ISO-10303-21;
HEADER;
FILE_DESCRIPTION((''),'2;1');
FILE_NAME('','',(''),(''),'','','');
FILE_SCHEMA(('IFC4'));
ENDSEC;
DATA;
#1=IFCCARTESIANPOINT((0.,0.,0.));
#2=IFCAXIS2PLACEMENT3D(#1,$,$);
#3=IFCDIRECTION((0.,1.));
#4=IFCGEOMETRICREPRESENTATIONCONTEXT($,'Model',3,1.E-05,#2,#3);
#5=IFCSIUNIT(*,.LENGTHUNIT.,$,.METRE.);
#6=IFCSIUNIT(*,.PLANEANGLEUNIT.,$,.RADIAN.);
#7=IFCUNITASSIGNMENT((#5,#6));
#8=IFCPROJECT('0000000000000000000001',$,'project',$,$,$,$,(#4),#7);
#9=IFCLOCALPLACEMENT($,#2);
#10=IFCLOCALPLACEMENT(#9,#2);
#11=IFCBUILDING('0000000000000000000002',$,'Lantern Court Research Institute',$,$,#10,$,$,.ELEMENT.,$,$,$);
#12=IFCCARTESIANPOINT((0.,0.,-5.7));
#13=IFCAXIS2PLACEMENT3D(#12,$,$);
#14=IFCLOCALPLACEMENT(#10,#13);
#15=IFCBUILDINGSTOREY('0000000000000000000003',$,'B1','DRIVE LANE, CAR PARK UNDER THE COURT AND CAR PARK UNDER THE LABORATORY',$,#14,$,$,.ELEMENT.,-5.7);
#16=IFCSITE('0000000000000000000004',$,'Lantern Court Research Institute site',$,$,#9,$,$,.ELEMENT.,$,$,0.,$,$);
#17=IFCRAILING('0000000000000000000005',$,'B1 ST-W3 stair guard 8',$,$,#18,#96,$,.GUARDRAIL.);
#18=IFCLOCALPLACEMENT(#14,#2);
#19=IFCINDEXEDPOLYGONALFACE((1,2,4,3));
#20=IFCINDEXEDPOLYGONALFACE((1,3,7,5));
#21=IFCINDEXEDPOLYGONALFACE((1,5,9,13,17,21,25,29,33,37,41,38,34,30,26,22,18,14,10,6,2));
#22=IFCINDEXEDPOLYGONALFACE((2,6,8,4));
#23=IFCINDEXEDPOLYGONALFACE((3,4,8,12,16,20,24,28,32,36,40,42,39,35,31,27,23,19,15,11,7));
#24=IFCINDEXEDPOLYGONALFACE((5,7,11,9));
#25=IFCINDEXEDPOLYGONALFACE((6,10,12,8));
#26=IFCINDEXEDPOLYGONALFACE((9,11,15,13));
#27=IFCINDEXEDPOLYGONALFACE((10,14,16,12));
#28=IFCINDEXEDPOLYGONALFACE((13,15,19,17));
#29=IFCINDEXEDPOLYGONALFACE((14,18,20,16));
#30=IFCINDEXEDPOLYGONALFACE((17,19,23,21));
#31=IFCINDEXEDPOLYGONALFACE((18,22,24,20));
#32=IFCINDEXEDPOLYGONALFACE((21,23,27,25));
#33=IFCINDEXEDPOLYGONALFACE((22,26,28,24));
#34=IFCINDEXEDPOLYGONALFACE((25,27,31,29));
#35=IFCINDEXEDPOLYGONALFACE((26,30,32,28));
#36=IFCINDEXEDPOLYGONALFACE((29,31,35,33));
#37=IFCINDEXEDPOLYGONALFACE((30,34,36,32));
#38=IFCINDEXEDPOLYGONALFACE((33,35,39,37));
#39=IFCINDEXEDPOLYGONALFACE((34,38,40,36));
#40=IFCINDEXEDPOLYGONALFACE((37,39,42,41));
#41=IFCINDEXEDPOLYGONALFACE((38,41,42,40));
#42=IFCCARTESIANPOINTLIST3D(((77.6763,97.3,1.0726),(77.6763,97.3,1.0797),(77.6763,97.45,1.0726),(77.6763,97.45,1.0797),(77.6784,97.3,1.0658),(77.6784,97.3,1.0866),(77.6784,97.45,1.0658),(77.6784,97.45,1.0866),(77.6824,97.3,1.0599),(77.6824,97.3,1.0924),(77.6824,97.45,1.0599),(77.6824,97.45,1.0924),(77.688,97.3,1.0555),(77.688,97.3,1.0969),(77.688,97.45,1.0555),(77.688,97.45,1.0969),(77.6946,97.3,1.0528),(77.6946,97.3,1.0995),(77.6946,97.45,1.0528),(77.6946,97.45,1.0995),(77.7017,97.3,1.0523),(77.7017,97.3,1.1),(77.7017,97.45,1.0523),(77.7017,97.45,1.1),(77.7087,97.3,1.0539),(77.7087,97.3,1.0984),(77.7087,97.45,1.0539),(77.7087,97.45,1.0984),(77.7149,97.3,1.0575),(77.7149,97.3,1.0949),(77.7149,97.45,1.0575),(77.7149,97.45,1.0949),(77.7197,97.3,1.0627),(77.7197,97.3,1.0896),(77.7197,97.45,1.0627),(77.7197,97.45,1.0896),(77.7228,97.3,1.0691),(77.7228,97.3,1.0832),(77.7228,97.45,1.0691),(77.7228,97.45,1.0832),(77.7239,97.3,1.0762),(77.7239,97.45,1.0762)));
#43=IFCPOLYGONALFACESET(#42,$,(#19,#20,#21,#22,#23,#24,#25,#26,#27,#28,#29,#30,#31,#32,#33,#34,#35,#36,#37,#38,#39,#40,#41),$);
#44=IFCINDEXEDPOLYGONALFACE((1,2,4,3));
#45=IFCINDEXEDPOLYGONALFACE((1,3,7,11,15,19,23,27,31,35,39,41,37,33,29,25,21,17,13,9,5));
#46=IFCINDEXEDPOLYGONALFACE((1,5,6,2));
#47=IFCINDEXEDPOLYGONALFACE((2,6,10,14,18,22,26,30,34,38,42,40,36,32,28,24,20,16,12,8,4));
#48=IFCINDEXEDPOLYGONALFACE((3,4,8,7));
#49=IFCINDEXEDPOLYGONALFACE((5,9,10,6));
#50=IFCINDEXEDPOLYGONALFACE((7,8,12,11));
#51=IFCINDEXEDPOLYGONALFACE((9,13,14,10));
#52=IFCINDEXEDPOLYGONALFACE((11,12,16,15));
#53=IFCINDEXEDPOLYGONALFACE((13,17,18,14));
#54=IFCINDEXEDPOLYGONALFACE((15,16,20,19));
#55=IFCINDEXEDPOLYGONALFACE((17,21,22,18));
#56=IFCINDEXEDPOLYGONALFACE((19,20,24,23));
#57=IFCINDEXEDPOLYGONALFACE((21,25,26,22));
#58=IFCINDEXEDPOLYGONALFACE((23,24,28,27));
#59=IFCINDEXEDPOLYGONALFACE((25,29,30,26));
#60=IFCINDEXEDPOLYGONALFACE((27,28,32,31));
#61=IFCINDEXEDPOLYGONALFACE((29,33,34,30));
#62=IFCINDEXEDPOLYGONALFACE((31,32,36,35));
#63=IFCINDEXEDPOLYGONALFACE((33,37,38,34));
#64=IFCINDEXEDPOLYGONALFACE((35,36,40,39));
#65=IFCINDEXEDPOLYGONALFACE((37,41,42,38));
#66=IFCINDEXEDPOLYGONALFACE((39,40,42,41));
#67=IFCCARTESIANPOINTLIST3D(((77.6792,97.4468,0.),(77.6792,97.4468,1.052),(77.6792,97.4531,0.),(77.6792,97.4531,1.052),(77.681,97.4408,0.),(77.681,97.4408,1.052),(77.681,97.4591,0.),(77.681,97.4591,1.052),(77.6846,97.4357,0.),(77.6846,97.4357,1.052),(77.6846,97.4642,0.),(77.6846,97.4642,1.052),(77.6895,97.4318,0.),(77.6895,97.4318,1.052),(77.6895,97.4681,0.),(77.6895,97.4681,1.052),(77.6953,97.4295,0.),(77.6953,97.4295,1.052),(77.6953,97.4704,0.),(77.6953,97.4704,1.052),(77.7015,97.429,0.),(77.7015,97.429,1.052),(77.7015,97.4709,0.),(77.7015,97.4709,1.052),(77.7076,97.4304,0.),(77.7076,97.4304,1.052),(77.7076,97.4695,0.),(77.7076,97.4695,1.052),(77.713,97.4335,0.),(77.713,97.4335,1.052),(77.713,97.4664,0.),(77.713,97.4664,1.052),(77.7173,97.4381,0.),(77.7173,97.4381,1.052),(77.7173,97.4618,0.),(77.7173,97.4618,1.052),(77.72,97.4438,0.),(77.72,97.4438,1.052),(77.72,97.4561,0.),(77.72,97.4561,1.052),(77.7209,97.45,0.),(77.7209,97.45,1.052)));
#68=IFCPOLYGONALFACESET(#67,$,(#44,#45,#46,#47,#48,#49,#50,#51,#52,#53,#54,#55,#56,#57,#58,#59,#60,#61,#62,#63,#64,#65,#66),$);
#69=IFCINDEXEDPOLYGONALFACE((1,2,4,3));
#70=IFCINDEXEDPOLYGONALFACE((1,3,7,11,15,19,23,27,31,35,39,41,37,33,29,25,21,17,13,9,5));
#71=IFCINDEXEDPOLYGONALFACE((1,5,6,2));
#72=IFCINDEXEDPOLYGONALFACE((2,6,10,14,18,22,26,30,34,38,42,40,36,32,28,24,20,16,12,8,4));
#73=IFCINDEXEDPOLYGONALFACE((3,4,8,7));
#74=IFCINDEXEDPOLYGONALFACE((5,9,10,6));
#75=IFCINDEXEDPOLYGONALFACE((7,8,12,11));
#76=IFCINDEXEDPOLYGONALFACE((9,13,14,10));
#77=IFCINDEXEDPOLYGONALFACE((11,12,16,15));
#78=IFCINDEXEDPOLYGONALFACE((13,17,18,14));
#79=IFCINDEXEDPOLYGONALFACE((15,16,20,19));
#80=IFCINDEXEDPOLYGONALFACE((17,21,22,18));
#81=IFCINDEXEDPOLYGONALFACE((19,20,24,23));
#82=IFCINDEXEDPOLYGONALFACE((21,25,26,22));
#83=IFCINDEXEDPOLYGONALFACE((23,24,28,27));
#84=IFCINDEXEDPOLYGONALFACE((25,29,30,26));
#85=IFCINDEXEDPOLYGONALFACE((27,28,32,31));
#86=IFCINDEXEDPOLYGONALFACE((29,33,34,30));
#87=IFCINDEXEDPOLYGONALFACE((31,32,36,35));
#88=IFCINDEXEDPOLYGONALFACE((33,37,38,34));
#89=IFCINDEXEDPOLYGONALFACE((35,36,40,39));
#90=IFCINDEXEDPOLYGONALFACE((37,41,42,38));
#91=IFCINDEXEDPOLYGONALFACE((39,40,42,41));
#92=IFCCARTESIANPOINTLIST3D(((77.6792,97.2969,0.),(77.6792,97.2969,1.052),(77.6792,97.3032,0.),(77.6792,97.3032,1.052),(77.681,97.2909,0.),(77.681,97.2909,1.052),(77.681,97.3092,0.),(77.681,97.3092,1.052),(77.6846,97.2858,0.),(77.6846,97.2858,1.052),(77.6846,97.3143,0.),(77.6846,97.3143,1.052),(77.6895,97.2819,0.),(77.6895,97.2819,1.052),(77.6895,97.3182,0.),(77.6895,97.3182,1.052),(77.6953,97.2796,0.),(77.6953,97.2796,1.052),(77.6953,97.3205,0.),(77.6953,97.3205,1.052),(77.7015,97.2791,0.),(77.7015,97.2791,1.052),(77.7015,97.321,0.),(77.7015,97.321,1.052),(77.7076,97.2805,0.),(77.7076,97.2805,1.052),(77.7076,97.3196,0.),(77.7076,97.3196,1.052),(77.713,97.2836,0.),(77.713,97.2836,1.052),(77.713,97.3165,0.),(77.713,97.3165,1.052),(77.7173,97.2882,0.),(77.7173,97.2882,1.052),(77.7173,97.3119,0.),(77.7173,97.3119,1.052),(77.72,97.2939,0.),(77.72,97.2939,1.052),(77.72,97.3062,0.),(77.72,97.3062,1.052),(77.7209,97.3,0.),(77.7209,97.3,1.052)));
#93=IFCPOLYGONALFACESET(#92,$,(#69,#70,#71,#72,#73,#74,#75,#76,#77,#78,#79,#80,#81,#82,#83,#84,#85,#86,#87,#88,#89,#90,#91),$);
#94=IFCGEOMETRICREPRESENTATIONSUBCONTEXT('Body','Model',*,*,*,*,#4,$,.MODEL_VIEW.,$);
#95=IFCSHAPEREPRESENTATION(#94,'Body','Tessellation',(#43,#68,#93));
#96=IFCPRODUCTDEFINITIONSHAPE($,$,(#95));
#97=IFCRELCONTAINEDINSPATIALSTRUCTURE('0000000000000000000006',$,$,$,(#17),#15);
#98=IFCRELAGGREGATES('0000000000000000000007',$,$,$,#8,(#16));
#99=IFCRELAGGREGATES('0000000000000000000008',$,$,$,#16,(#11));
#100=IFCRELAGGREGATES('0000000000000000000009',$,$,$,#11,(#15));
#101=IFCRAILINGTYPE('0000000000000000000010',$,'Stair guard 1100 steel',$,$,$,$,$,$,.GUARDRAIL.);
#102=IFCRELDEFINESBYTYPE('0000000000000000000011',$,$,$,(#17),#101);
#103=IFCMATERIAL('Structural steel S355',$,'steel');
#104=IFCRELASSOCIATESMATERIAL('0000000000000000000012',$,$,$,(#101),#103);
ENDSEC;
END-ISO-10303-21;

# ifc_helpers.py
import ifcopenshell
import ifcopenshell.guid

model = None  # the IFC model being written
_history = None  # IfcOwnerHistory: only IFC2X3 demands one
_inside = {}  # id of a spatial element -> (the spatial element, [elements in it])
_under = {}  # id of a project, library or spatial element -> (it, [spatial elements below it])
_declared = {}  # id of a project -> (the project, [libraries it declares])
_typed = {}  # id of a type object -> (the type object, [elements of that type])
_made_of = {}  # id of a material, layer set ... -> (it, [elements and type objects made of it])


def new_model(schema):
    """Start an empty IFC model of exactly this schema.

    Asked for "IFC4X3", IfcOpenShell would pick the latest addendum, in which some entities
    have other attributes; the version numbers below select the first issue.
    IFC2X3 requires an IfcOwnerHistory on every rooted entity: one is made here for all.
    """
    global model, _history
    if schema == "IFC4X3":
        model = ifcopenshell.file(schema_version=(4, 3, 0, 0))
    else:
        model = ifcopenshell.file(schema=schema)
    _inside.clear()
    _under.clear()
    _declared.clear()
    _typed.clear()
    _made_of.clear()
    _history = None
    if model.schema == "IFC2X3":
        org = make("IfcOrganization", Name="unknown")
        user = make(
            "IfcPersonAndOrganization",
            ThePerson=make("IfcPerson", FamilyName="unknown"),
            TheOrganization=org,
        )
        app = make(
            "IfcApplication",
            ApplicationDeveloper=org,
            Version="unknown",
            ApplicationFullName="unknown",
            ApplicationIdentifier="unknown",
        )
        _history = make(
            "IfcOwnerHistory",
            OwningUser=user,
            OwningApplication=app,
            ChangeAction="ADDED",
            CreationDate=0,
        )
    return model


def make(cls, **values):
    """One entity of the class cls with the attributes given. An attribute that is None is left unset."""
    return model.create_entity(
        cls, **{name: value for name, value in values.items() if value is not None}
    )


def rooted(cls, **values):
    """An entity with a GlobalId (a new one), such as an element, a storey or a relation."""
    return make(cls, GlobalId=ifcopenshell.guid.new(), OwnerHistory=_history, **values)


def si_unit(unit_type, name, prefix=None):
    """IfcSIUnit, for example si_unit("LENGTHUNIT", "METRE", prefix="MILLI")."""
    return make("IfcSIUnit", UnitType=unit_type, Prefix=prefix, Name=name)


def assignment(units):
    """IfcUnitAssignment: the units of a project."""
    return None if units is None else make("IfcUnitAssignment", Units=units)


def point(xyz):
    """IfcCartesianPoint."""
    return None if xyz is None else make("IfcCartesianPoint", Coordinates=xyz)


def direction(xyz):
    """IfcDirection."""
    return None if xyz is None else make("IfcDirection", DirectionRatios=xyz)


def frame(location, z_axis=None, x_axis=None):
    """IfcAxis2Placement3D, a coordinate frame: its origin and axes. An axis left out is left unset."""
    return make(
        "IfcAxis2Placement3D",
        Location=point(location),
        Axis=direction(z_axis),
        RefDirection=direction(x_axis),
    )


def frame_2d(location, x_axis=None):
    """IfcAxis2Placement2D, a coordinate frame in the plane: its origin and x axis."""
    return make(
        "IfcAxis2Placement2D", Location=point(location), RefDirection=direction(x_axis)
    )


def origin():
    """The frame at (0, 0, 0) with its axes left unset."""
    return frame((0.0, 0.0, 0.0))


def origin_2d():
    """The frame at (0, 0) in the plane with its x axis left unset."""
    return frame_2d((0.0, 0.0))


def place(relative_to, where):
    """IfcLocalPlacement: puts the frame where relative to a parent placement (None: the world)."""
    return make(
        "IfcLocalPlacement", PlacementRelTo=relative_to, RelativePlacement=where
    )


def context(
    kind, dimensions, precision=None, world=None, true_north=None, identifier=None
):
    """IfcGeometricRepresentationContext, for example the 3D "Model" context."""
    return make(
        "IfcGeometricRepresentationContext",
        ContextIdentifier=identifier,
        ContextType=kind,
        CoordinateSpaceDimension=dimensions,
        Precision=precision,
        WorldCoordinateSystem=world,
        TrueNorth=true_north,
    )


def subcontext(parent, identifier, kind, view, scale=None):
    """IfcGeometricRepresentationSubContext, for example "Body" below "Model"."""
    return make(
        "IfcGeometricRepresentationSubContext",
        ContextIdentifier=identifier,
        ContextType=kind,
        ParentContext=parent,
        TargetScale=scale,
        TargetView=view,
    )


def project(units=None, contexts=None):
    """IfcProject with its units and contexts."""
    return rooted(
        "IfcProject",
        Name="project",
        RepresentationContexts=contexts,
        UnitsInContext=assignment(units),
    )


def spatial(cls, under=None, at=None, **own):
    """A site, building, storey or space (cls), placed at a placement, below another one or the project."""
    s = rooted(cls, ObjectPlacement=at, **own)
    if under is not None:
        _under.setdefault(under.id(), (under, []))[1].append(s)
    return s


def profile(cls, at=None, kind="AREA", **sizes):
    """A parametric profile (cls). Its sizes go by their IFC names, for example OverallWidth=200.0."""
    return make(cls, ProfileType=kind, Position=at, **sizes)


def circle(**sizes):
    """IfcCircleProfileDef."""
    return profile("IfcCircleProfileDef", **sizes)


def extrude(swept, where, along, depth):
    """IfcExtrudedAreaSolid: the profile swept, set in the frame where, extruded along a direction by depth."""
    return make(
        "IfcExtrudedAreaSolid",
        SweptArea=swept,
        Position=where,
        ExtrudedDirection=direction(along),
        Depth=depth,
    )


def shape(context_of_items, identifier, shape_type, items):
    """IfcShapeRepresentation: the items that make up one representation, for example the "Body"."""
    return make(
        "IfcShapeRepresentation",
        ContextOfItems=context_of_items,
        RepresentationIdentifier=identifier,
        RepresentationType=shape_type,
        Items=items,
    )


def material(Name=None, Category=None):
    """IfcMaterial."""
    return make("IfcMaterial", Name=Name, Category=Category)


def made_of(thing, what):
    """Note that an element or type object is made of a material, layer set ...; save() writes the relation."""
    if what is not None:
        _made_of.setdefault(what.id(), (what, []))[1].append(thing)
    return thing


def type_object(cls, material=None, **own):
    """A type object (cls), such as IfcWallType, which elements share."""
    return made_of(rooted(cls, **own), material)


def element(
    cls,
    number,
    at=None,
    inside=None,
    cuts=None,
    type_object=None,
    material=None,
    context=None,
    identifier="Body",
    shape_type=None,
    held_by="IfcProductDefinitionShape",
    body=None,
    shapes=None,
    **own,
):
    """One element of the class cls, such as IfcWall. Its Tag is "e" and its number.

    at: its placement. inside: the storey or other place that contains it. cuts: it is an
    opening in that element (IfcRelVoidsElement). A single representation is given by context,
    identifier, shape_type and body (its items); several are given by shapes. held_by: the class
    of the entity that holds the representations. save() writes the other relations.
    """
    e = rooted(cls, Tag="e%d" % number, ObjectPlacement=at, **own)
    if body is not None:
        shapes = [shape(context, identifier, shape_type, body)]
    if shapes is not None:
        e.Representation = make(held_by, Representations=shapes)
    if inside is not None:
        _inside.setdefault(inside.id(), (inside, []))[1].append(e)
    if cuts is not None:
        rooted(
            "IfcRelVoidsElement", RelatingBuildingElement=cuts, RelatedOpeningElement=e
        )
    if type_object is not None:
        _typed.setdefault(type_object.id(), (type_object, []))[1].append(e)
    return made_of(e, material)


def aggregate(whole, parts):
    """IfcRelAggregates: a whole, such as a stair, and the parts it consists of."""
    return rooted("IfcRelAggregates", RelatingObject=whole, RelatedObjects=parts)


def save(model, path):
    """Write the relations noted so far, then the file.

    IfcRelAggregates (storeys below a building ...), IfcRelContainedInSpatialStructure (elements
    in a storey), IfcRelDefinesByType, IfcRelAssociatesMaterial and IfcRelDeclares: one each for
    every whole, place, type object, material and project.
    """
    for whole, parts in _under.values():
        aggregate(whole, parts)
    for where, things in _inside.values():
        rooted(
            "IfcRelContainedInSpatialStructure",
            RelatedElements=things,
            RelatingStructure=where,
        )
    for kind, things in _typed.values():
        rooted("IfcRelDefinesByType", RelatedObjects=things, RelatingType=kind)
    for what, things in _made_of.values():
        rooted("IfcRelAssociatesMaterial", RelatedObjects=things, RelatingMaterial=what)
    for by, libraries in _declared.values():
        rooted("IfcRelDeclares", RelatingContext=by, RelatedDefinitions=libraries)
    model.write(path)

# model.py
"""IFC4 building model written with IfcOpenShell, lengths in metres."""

from ifc_helpers import new_model, si_unit, direction, frame, origin, origin_2d, place, context, subcontext, project, spatial, circle, extrude, material, type_object, element, save


model = new_model("IFC4")

# Units and contexts
model_context = context("Model", 3, precision=1e-05, world=origin(), true_north=direction((0.0, 1.0)))
body_context = subcontext(model_context, "Body", "Model", "MODEL_VIEW")
ifc_project = project(units=[si_unit("LENGTHUNIT", "METRE"), si_unit("PLANEANGLEUNIT", "RADIAN")], contexts=[model_context])

# Site, building, storey
site_placement = place(None, origin())
site = spatial("IfcSite", under=ifc_project, at=site_placement, Name="Lantern Court Research Institute site", CompositionType="ELEMENT", RefElevation=0.0)
building_placement = place(site_placement, origin())
building = spatial("IfcBuilding", under=site, at=building_placement, Name="Lantern Court Research Institute", CompositionType="ELEMENT")
storey_placement = place(building_placement, frame((0.0, 0.0, -5.7)))
storey = spatial("IfcBuildingStorey", under=building, at=storey_placement, Name="B1", Description="DRIVE LANE, CAR PARK UNDER THE COURT AND CAR PARK UNDER THE LABORATORY", CompositionType="ELEMENT", Elevation=-5.7)

# Railing
ifc_material_1 = material(Name="Structural steel S355", Category="steel")
railing_type_1 = type_object("IfcRailingType", Name="Stair guard 1100 steel", PredefinedType="GUARDRAIL", material=ifc_material_1)
railing_1_placement = place(storey_placement, frame((77.7, 97.45, 0.0)))
element("IfcRailing", 1, at=railing_1_placement, inside=storey, type_object=railing_type_1, Name="B1 ST-W3 stair guard 8", PredefinedType="GUARDRAIL", context=body_context, shape_type="SweptSolid", body=[
    extrude(circle(Radius=0.0239, at=origin_2d()), frame((0.0, 0.0, 1.0762), z_axis=(0.0, -1.0, 0.0), x_axis=(1.0, 0.0, 0.0)), (0.0, 0.0, 1.0), 0.1499),
    extrude(circle(Radius=0.021, at=origin_2d()), origin(), (0.0, 0.0, 1.0), 1.052),
    extrude(circle(Radius=0.021, at=origin_2d()), frame((0.0, -0.1499, 0.0)), (0.0, 0.0, 1.0), 1.052),
])

save(model, "model.ifc")
